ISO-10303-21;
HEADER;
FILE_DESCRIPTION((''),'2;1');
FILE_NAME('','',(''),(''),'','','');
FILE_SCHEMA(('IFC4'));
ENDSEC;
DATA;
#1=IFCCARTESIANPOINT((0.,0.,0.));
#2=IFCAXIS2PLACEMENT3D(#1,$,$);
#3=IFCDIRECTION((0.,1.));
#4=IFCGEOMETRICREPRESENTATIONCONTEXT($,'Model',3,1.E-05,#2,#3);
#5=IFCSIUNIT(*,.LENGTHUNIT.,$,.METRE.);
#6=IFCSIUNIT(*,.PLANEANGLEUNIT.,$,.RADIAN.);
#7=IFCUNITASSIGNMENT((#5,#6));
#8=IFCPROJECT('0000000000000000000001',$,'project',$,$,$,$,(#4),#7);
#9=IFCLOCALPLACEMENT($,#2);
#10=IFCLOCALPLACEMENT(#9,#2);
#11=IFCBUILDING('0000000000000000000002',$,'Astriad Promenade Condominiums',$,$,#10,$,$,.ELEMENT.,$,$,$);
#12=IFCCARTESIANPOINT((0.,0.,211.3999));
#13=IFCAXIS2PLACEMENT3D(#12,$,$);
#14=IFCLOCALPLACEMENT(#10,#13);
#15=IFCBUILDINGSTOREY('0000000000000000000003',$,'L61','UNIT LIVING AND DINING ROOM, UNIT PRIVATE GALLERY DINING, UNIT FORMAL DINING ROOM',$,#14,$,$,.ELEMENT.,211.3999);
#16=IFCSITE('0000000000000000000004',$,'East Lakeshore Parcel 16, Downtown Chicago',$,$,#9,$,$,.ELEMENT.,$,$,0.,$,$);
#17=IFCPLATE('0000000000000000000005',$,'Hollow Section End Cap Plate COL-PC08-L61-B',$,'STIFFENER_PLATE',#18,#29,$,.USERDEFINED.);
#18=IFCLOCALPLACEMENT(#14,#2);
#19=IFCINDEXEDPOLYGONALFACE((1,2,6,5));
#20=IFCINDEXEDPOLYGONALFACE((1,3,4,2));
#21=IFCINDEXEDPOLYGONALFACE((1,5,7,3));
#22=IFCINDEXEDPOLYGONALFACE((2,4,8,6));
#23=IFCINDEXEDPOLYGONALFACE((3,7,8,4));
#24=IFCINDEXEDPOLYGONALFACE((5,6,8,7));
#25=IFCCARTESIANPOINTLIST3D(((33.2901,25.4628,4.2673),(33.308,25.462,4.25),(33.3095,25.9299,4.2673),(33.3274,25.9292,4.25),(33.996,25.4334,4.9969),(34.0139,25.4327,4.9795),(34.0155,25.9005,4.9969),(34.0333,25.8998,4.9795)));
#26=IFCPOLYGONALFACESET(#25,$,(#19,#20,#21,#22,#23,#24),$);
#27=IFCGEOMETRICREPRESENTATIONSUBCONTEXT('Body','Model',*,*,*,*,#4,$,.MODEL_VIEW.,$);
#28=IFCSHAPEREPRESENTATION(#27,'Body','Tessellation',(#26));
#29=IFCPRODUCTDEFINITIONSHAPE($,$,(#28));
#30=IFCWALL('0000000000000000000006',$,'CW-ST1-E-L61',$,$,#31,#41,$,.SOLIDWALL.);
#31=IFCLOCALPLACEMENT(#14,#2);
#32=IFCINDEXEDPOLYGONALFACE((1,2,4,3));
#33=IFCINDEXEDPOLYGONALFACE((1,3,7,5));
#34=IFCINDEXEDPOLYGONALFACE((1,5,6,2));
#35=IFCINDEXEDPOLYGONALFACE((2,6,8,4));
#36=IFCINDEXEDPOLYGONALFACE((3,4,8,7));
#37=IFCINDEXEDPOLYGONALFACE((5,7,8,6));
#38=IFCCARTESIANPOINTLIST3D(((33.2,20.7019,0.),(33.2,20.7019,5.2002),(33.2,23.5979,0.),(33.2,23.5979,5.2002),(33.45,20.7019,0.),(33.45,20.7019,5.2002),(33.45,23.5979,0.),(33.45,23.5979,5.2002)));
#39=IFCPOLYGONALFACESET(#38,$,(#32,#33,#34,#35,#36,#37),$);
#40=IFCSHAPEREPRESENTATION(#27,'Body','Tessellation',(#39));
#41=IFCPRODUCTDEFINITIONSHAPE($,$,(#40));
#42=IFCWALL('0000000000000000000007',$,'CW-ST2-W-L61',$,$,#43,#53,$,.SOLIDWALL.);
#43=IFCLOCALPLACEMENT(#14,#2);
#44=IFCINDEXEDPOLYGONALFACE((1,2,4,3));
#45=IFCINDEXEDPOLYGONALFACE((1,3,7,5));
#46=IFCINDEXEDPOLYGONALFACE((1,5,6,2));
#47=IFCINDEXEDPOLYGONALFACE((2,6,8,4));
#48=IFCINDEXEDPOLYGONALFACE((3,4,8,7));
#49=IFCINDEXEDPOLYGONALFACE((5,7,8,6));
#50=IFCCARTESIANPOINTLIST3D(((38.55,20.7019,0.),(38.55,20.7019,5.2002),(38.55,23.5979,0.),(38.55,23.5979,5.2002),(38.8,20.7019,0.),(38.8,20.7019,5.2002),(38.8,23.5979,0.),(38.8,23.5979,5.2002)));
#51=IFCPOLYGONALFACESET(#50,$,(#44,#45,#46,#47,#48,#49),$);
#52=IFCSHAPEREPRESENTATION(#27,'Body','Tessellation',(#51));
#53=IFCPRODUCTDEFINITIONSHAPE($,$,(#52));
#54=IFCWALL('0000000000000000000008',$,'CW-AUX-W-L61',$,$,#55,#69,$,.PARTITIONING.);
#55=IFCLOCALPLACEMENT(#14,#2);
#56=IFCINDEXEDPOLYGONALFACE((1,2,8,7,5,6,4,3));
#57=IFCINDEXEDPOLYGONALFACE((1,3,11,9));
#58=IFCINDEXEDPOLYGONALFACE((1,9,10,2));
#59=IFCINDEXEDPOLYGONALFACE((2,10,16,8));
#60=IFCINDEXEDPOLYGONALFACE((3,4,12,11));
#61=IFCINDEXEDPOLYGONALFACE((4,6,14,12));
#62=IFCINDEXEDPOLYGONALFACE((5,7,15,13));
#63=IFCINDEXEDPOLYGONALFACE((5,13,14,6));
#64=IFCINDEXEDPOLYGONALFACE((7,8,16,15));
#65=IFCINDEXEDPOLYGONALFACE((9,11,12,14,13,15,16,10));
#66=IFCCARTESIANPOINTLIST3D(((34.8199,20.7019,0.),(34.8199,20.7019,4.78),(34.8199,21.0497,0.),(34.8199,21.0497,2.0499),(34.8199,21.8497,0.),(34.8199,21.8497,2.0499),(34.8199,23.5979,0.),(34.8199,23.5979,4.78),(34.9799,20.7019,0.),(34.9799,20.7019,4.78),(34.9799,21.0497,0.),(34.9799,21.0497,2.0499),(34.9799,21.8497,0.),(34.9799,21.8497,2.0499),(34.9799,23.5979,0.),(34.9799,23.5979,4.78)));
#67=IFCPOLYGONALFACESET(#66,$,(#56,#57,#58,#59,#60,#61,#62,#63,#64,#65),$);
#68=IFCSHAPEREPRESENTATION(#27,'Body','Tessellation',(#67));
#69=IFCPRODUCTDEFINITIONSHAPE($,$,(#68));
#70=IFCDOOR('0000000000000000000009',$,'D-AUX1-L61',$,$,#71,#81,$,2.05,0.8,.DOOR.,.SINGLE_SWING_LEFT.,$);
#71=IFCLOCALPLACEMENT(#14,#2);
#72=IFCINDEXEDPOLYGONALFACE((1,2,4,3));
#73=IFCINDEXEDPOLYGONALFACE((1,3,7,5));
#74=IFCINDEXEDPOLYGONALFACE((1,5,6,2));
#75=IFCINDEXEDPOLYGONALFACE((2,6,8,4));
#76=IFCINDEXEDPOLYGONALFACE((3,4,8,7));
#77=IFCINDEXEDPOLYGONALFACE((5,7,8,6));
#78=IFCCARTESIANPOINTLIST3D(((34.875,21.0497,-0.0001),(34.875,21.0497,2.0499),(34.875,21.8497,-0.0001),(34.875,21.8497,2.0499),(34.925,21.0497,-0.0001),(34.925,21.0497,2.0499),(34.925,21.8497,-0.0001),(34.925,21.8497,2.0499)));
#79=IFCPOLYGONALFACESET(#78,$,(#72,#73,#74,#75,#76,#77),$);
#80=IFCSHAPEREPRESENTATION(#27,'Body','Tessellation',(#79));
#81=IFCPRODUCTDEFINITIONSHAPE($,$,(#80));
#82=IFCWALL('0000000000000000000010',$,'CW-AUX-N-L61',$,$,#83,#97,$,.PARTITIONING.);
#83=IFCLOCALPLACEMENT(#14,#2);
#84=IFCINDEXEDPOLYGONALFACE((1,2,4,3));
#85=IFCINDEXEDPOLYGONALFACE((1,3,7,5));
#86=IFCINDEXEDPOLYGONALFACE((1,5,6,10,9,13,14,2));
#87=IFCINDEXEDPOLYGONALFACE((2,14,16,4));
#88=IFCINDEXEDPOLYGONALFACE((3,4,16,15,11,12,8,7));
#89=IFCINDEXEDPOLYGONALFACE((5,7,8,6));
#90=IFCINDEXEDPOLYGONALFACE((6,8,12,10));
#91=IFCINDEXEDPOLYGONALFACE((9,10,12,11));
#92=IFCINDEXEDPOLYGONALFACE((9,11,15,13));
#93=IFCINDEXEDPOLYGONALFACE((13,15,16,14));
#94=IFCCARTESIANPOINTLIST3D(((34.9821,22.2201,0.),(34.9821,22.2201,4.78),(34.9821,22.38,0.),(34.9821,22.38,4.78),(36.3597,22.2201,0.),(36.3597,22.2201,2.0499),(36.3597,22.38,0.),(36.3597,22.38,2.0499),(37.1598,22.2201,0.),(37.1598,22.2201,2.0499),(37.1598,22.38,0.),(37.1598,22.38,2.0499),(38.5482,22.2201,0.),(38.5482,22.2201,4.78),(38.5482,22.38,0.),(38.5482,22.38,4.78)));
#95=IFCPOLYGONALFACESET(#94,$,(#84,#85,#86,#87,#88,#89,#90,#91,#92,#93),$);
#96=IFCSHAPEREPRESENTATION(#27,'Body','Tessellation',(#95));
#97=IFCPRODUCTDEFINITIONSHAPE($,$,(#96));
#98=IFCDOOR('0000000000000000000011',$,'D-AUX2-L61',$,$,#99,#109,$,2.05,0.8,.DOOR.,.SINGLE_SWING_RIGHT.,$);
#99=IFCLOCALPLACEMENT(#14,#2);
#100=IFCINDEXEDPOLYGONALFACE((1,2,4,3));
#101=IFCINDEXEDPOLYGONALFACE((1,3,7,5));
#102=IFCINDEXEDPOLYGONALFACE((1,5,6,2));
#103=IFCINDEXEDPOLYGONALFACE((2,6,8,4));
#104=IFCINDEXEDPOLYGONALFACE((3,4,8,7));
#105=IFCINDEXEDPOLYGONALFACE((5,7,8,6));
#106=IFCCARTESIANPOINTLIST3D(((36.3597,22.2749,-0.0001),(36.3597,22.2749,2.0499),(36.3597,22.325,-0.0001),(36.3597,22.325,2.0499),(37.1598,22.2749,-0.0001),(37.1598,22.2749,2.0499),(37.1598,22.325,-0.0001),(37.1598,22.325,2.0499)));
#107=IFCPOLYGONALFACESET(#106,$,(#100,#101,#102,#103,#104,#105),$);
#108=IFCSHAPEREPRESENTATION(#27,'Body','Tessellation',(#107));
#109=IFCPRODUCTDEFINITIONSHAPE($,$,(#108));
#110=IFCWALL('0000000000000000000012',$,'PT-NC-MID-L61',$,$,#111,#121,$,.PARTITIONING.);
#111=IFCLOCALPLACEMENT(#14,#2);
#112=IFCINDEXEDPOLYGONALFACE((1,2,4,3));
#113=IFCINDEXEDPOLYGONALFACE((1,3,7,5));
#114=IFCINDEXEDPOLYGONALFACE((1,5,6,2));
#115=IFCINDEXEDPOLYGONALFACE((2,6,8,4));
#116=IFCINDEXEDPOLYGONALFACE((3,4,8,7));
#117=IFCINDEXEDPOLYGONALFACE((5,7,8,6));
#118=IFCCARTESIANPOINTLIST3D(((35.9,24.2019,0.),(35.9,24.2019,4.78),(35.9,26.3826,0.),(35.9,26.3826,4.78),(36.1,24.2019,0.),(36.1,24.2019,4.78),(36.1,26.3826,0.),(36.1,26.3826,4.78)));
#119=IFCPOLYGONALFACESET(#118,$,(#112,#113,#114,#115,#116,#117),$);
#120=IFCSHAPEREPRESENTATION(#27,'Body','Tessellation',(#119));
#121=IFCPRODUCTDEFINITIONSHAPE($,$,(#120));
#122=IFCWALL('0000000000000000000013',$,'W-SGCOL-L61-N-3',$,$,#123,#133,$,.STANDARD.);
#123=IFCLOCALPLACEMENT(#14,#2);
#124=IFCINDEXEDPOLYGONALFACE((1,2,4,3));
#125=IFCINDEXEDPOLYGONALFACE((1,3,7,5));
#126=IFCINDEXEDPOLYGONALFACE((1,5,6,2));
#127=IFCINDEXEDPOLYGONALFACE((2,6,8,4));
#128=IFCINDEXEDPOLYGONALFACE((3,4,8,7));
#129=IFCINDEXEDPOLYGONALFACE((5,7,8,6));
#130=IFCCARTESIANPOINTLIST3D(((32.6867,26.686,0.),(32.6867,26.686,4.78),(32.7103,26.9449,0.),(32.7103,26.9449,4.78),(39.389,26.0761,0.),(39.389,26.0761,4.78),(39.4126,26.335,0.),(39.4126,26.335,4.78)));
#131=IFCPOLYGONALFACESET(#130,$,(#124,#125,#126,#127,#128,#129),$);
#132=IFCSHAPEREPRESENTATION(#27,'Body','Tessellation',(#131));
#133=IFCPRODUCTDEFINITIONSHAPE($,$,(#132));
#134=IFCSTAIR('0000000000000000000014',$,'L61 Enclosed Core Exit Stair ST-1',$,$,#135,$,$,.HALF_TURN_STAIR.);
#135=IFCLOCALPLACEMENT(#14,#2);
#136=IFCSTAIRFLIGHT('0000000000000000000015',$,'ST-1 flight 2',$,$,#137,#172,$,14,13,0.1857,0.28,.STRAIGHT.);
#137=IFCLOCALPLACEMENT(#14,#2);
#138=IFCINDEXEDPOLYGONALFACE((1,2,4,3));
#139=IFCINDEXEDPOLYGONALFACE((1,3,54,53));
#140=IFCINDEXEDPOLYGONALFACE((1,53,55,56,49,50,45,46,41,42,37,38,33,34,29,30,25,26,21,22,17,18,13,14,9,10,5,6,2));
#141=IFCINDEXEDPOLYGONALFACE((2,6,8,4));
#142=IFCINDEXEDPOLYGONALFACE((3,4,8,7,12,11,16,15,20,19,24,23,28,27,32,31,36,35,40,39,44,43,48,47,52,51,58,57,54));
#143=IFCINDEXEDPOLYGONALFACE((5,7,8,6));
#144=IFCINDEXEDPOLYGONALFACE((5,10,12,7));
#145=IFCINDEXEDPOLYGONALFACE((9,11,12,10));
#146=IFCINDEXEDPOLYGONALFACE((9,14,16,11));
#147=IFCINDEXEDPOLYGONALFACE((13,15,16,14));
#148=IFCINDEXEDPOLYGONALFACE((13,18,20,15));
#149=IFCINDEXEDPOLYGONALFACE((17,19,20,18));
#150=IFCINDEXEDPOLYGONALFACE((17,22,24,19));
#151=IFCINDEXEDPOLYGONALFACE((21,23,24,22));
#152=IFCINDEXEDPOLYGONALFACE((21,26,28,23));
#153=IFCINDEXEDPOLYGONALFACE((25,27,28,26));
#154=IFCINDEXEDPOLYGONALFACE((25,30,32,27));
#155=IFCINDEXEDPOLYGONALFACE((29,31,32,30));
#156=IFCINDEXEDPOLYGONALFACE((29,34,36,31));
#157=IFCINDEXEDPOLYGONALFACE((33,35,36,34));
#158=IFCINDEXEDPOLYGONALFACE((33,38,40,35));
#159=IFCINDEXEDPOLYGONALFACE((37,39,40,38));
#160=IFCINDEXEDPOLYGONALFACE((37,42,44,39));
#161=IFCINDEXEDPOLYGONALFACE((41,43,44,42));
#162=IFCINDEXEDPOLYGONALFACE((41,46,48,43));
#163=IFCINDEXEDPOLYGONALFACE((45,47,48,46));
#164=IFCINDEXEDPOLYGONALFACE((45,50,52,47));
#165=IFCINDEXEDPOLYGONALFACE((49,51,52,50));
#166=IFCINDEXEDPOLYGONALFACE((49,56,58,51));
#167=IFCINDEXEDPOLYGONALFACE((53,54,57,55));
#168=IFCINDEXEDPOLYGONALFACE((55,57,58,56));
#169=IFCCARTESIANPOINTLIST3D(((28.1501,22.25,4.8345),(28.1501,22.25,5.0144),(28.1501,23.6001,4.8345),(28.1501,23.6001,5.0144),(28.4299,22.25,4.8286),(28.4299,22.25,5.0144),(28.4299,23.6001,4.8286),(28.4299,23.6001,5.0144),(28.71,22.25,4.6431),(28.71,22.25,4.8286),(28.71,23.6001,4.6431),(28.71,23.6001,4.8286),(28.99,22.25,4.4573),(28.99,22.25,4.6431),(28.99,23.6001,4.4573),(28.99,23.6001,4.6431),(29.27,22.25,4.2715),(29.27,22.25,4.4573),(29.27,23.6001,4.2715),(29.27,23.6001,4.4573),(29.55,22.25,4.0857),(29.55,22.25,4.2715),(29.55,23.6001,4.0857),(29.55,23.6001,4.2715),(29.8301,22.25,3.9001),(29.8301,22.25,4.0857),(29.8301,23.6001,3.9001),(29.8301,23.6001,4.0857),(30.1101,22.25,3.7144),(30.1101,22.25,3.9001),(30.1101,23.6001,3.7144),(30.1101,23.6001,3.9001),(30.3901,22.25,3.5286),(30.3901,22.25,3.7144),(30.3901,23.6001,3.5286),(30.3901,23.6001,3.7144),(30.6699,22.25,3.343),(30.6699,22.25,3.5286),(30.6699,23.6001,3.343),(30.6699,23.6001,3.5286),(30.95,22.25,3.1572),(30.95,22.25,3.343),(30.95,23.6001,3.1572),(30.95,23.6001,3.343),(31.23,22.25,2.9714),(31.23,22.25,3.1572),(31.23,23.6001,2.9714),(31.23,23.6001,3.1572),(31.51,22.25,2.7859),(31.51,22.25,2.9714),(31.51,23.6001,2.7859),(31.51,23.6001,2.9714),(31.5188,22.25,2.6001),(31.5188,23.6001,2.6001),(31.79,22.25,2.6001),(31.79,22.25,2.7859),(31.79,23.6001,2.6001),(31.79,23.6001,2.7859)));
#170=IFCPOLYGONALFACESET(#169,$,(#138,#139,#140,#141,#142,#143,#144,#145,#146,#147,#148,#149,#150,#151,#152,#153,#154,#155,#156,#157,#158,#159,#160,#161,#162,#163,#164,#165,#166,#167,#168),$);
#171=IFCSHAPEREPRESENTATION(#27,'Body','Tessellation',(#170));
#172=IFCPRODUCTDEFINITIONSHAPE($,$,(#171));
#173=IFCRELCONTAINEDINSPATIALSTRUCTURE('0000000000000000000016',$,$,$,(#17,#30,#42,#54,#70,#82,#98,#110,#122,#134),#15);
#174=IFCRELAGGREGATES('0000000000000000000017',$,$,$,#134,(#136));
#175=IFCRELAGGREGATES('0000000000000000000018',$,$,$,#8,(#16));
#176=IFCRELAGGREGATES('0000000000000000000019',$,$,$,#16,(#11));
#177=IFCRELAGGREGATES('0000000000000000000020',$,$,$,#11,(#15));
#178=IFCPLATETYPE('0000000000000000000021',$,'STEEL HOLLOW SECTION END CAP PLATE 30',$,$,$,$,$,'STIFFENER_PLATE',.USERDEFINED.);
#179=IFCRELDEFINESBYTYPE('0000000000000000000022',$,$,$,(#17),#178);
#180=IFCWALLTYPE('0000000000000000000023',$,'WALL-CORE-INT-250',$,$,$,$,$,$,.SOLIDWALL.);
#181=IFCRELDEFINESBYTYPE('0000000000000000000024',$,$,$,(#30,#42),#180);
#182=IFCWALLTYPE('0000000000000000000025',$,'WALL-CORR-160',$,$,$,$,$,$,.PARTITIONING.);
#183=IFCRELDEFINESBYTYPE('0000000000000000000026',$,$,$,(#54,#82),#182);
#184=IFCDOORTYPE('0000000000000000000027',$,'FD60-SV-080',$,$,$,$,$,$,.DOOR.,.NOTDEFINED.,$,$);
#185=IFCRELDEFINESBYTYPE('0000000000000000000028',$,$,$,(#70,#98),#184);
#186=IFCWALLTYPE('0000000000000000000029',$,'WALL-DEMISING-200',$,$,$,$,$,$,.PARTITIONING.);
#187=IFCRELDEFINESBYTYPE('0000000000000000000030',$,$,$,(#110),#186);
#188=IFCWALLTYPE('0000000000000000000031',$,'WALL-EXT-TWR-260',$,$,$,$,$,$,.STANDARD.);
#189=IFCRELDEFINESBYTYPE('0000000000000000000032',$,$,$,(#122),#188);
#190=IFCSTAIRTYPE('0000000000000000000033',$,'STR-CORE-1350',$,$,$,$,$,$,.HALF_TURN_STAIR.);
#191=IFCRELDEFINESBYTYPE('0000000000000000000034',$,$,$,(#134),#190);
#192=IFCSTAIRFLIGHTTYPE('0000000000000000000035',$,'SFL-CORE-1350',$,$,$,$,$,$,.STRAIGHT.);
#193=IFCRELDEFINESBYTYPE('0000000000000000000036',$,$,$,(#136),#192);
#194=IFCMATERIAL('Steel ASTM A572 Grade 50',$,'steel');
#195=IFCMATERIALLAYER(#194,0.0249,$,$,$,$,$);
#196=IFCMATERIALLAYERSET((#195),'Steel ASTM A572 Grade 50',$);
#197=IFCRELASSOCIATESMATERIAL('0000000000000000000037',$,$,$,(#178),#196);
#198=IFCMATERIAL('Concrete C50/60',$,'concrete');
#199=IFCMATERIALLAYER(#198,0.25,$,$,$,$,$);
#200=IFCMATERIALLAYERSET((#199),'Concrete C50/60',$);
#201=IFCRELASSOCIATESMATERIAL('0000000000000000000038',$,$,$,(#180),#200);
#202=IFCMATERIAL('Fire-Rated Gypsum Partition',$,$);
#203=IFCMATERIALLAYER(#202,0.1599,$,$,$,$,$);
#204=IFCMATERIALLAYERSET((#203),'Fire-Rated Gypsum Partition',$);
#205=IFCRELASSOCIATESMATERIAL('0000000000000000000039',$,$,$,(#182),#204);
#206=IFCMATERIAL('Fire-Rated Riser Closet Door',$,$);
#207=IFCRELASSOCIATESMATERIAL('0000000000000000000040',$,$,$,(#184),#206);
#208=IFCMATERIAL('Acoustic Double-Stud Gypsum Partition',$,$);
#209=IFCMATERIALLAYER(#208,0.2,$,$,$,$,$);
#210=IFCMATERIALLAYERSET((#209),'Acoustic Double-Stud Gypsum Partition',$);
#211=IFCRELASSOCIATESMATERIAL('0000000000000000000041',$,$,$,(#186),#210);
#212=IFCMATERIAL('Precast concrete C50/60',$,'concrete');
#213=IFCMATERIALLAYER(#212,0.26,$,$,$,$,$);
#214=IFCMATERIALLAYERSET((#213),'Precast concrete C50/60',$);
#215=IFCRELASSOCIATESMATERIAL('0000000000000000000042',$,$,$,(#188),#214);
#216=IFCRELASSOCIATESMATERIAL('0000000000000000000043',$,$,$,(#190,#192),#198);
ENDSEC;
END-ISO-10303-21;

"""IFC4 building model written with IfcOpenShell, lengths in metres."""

from ifc_helpers import new_model, si_unit, direction, frame, frame_2d, origin, origin_2d, place, context, subcontext, project, spatial, polyline, rectangle, outline, extrude, source, transform, mapped, material, layer, layer_set, type_object, type_shapes, element, fill, aggregate, save


model = new_model("IFC4")

# Units and contexts
model_context = context("Model", 3, precision=1e-05, world=origin(), true_north=direction((0.0, 1.0)))
body_context = subcontext(model_context, "Body", "Model", "MODEL_VIEW")
ifc_project = project(units=[si_unit("LENGTHUNIT", "METRE"), si_unit("PLANEANGLEUNIT", "RADIAN")], contexts=[model_context])

# Site, building, storey
site_placement = place(None, origin())
site = spatial("IfcSite", under=ifc_project, at=site_placement, Name="East Lakeshore Parcel 16, Downtown Chicago", CompositionType="ELEMENT", RefElevation=0.0)
building_placement = place(site_placement, origin())
building = spatial("IfcBuilding", under=site, at=building_placement, Name="Astriad Promenade Condominiums", CompositionType="ELEMENT")
storey_placement = place(building_placement, frame((0.0, 0.0, 211.3999)))
storey = spatial("IfcBuildingStorey", under=building, at=storey_placement, Name="L61", Description="UNIT LIVING AND DINING ROOM, UNIT PRIVATE GALLERY DINING, UNIT FORMAL DINING ROOM", CompositionType="ELEMENT", Elevation=211.3999)

# Plate
ifc_material_1 = material(Name="Steel ASTM A572 Grade 50", Category="steel")
ifc_layer_1 = layer(ifc_material_1, 0.0249)
ifc_layer_set_1 = layer_set([ifc_layer_1], Name="Steel ASTM A572 Grade 50")
plate_type = type_object("IfcPlateType", Name="STEEL HOLLOW SECTION END CAP PLATE 30", ElementType="STIFFENER_PLATE", PredefinedType="USERDEFINED", material=ifc_layer_set_1)
shared_shape_1 = source(origin(), body_context, "Body", "SweptSolid", [
    extrude(rectangle(XDim=0.4675, YDim=1.0156, at=origin_2d()), origin(), (0.0, 0.0, 1.0), 0.0249),
])
type_shapes(plate_type, [shared_shape_1])
for number, where, z_axis, x_axis, name in (
    (1, (33.6707, 25.6809, 4.6147), (-0.717745, 0.029851, 0.695666), (-0.041554, -0.999136, 0.0), "Hollow Section End Cap Plate COL-PC08-L61-B"),
):
    element("IfcPlate", number, at=place(storey_placement, frame(where, z_axis=z_axis, x_axis=x_axis)), inside=storey, type_object=plate_type, Name=name, ObjectType="STIFFENER_PLATE", PredefinedType="USERDEFINED", context=body_context, shape_type="MappedRepresentation", body=[
        mapped(shared_shape_1, transform((0.0, 0.0, 0.0), scale=1.0)),
    ])

# Walls
ifc_material_2 = material(Name="Concrete C50/60", Category="concrete")
ifc_layer_2 = layer(ifc_material_2, 0.25)
ifc_layer_set_2 = layer_set([ifc_layer_2], Name="Concrete C50/60")
wall_type_1 = type_object("IfcWallType", Name="WALL-CORE-INT-250", PredefinedType="SOLIDWALL", material=ifc_layer_set_2)
for number, where, z_axis, x_axis, name in (
    (2, (33.325, 20.7019, 0.0), (0.0, 0.0, 1.0), (0.0, 1.0, 0.0), "CW-ST1-E-L61"),
    (3, (38.675, 20.7019, 0.0), (0.0, 0.0, 1.0), (0.0, 1.0, 0.0), "CW-ST2-W-L61"),
):
    element("IfcWall", number, at=place(storey_placement, frame(where, z_axis=z_axis, x_axis=x_axis)), inside=storey, type_object=wall_type_1, Name=name, PredefinedType="SOLIDWALL", context=body_context, shape_type="SweptSolid", body=[
        extrude(rectangle(XDim=2.896, YDim=0.25, at=frame_2d((1.448, 0.0))), origin(), (0.0, 0.0, 1.0), 5.2002),
    ])

# Walls, openings, doors
ifc_material_3 = material(Name="Fire-Rated Gypsum Partition")
ifc_layer_3 = layer(ifc_material_3, 0.1599)
ifc_layer_set_3 = layer_set([ifc_layer_3], Name="Fire-Rated Gypsum Partition")
wall_type_2 = type_object("IfcWallType", Name="WALL-CORR-160", PredefinedType="PARTITIONING", material=ifc_layer_set_3)
wall_1_placement = place(storey_placement, frame((34.8999, 20.7019, 0.0), z_axis=(0.0, 0.0, 1.0), x_axis=(0.0, 1.0, 0.0)))
wall_1 = element("IfcWall", 4, at=wall_1_placement, inside=storey, type_object=wall_type_2, Name="CW-AUX-W-L61", PredefinedType="PARTITIONING", context=body_context, shape_type="SweptSolid", body=[
    extrude(rectangle(XDim=2.896, YDim=0.1599, at=frame_2d((1.448, 0.0))), origin(), (0.0, 0.0, 1.0), 4.78),
])
opening_1_placement = place(wall_1_placement, frame((0.3479, 0.0, 0.0)))
opening_1 = element("IfcOpeningElement", 5, at=opening_1_placement, cuts=wall_1, PredefinedType="OPENING", context=body_context, shape_type="SweptSolid", body=[
    extrude(rectangle(XDim=0.8, YDim=2.05, at=frame_2d((0.3999, 1.0249))), frame((0.0, 0.0898, 0.0), z_axis=(0.0, -1.0, 0.0), x_axis=(1.0, 0.0, 0.0)), (0.0, 0.0, 1.0), 0.1799),
])
ifc_material_4 = material(Name="Fire-Rated Riser Closet Door")
door_type = type_object("IfcDoorType", Name="FD60-SV-080", OperationType="NOTDEFINED", PredefinedType="DOOR", material=ifc_material_4)
shared_shape_2 = source(origin(), body_context, "Body", "SweptSolid", [
    extrude(rectangle(XDim=0.8, YDim=2.05, at=frame_2d((0.3999, 1.0249))), frame((0.0, 0.0249, 0.0), z_axis=(0.0, -1.0, 0.0), x_axis=(1.0, 0.0, 0.0)), (0.0, 0.0, 1.0), 0.05),
])
type_shapes(door_type, [shared_shape_2])
door_1_placement = place(opening_1_placement, origin())
door_1 = element("IfcDoor", 6, at=door_1_placement, inside=storey, type_object=door_type, Name="D-AUX1-L61", OperationType="SINGLE_SWING_LEFT", OverallHeight=2.05, OverallWidth=0.8, PredefinedType="DOOR", context=body_context, shape_type="MappedRepresentation", body=[
    mapped(shared_shape_2, transform((0.0, 0.0, 0.0), scale=1.0)),
])
fill(opening_1, door_1)
wall_2_placement = place(storey_placement, frame((34.9819, 22.3, 0.0), z_axis=(0.0, 0.0, 1.0), x_axis=(1.0, 0.0, 0.0)))
wall_2 = element("IfcWall", 7, at=wall_2_placement, inside=storey, type_object=wall_type_2, Name="CW-AUX-N-L61", PredefinedType="PARTITIONING", context=body_context, shape_type="SweptSolid", body=[
    extrude(rectangle(XDim=3.5662, YDim=0.1599, at=frame_2d((1.7832, 0.0))), origin(), (0.0, 0.0, 1.0), 4.78),
])
opening_2_placement = place(wall_2_placement, frame((1.3779, 0.0, 0.0)))
opening_2 = element("IfcOpeningElement", 8, at=opening_2_placement, cuts=wall_2, PredefinedType="OPENING", context=body_context, shape_type="SweptSolid", body=[
    extrude(rectangle(XDim=0.8, YDim=2.05, at=frame_2d((0.3999, 1.0249))), frame((0.0, 0.0898, 0.0), z_axis=(0.0, -1.0, 0.0), x_axis=(1.0, 0.0, 0.0)), (0.0, 0.0, 1.0), 0.1799),
])
door_2_placement = place(opening_2_placement, origin())
door_2 = element("IfcDoor", 9, at=door_2_placement, inside=storey, type_object=door_type, Name="D-AUX2-L61", OperationType="SINGLE_SWING_RIGHT", OverallHeight=2.05, OverallWidth=0.8, PredefinedType="DOOR", context=body_context, shape_type="MappedRepresentation", body=[
    mapped(shared_shape_2, transform((0.0, 0.0, 0.0), scale=1.0)),
])
fill(opening_2, door_2)

# Walls
ifc_material_5 = material(Name="Acoustic Double-Stud Gypsum Partition")
ifc_layer_4 = layer(ifc_material_5, 0.2)
ifc_layer_set_4 = layer_set([ifc_layer_4], Name="Acoustic Double-Stud Gypsum Partition")
wall_type_3 = type_object("IfcWallType", Name="WALL-DEMISING-200", PredefinedType="PARTITIONING", material=ifc_layer_set_4)
wall_3_placement = place(storey_placement, frame((36.0, 24.2019, 0.0), z_axis=(0.0, 0.0, 1.0), x_axis=(0.0, 1.0, 0.0)))
element("IfcWall", 10, at=wall_3_placement, inside=storey, type_object=wall_type_3, Name="PT-NC-MID-L61", PredefinedType="PARTITIONING", context=body_context, shape_type="SweptSolid", body=[
    extrude(rectangle(XDim=2.1807, YDim=0.2, at=frame_2d((1.0903, 0.0))), origin(), (0.0, 0.0, 1.0), 4.78),
])
ifc_material_6 = material(Name="Precast concrete C50/60", Category="concrete")
ifc_layer_5 = layer(ifc_material_6, 0.26)
ifc_layer_set_5 = layer_set([ifc_layer_5], Name="Precast concrete C50/60")
wall_type_4 = type_object("IfcWallType", Name="WALL-EXT-TWR-260", PredefinedType="STANDARD", material=ifc_layer_set_5)
wall_4_placement = place(storey_placement, frame((32.6985, 26.8154, 0.0), z_axis=(0.0, 0.0, 1.0), x_axis=(0.995886, -0.090618, 0.0)))
element("IfcWall", 11, at=wall_4_placement, inside=storey, type_object=wall_type_4, Name="W-SGCOL-L61-N-3", PredefinedType="STANDARD", context=body_context, shape_type="SweptSolid", body=[
    extrude(rectangle(XDim=6.73, YDim=0.26, at=frame_2d((3.365, 0.0))), origin(), (0.0, 0.0, 1.0), 4.78),
])

# Stair, stair flight
stair_type = type_object("IfcStairType", Name="STR-CORE-1350", PredefinedType="HALF_TURN_STAIR", material=ifc_material_2)
stair_placement = place(storey_placement, origin())
stair = element("IfcStair", 12, at=stair_placement, inside=storey, type_object=stair_type, Name="L61 Enclosed Core Exit Stair ST-1", PredefinedType="HALF_TURN_STAIR")
stair_flight_type = type_object("IfcStairFlightType", Name="SFL-CORE-1350", PredefinedType="STRAIGHT", material=ifc_material_2)
shared_shape_3 = source(origin(), body_context, "Body", "SweptSolid", [
    extrude(outline(polyline([(0.0, 0.0), (0.0, 0.1858), (0.28, 0.1858), (0.28, 0.3713), (0.5601, 0.3713), (0.5601, 0.5571), (0.8401, 0.5571), (0.8401, 0.7429), (1.1201, 0.7429), (1.1201, 0.9285), (1.3999, 0.9285), (1.3999, 1.1143), (1.6799, 1.1143), (1.6799, 1.3), (1.96, 1.3), (1.96, 1.4856), (2.24, 1.4856), (2.24, 1.6714), (2.52, 1.6714), (2.52, 1.8572), (2.8, 1.8572), (2.8, 2.043), (3.0801, 2.043), (3.0801, 2.2285), (3.3601, 2.2285), (3.3601, 2.4143), (3.6399, 2.4143), (3.6399, 2.6001), (3.6399, 2.2344), (0.2712, 0.0), (0.0, 0.0)])), frame((0.0, 0.675, 0.0), z_axis=(0.0, -1.0, 0.0), x_axis=(1.0, 0.0, 0.0)), (0.0, 0.0, 1.0), 1.3501),
])
type_shapes(stair_flight_type, [shared_shape_3])
stair_flight_placement = place(storey_placement, frame((31.79, 22.925, 2.6001), z_axis=(0.0, 0.0, 1.0), x_axis=(-1.0, 0.0, 0.0)))
stair_flight = element("IfcStairFlight", 13, at=stair_flight_placement, type_object=stair_flight_type, Name="ST-1 flight 2", NumberOfRisers=14, NumberOfTreads=13, PredefinedType="STRAIGHT", RiserHeight=0.1857, TreadLength=0.28, context=body_context, shape_type="MappedRepresentation", body=[
    mapped(shared_shape_3, transform((0.0, 0.0, 0.0), scale=1.0)),
])
aggregate(stair, [stair_flight])

save(model, "model.ifc")
